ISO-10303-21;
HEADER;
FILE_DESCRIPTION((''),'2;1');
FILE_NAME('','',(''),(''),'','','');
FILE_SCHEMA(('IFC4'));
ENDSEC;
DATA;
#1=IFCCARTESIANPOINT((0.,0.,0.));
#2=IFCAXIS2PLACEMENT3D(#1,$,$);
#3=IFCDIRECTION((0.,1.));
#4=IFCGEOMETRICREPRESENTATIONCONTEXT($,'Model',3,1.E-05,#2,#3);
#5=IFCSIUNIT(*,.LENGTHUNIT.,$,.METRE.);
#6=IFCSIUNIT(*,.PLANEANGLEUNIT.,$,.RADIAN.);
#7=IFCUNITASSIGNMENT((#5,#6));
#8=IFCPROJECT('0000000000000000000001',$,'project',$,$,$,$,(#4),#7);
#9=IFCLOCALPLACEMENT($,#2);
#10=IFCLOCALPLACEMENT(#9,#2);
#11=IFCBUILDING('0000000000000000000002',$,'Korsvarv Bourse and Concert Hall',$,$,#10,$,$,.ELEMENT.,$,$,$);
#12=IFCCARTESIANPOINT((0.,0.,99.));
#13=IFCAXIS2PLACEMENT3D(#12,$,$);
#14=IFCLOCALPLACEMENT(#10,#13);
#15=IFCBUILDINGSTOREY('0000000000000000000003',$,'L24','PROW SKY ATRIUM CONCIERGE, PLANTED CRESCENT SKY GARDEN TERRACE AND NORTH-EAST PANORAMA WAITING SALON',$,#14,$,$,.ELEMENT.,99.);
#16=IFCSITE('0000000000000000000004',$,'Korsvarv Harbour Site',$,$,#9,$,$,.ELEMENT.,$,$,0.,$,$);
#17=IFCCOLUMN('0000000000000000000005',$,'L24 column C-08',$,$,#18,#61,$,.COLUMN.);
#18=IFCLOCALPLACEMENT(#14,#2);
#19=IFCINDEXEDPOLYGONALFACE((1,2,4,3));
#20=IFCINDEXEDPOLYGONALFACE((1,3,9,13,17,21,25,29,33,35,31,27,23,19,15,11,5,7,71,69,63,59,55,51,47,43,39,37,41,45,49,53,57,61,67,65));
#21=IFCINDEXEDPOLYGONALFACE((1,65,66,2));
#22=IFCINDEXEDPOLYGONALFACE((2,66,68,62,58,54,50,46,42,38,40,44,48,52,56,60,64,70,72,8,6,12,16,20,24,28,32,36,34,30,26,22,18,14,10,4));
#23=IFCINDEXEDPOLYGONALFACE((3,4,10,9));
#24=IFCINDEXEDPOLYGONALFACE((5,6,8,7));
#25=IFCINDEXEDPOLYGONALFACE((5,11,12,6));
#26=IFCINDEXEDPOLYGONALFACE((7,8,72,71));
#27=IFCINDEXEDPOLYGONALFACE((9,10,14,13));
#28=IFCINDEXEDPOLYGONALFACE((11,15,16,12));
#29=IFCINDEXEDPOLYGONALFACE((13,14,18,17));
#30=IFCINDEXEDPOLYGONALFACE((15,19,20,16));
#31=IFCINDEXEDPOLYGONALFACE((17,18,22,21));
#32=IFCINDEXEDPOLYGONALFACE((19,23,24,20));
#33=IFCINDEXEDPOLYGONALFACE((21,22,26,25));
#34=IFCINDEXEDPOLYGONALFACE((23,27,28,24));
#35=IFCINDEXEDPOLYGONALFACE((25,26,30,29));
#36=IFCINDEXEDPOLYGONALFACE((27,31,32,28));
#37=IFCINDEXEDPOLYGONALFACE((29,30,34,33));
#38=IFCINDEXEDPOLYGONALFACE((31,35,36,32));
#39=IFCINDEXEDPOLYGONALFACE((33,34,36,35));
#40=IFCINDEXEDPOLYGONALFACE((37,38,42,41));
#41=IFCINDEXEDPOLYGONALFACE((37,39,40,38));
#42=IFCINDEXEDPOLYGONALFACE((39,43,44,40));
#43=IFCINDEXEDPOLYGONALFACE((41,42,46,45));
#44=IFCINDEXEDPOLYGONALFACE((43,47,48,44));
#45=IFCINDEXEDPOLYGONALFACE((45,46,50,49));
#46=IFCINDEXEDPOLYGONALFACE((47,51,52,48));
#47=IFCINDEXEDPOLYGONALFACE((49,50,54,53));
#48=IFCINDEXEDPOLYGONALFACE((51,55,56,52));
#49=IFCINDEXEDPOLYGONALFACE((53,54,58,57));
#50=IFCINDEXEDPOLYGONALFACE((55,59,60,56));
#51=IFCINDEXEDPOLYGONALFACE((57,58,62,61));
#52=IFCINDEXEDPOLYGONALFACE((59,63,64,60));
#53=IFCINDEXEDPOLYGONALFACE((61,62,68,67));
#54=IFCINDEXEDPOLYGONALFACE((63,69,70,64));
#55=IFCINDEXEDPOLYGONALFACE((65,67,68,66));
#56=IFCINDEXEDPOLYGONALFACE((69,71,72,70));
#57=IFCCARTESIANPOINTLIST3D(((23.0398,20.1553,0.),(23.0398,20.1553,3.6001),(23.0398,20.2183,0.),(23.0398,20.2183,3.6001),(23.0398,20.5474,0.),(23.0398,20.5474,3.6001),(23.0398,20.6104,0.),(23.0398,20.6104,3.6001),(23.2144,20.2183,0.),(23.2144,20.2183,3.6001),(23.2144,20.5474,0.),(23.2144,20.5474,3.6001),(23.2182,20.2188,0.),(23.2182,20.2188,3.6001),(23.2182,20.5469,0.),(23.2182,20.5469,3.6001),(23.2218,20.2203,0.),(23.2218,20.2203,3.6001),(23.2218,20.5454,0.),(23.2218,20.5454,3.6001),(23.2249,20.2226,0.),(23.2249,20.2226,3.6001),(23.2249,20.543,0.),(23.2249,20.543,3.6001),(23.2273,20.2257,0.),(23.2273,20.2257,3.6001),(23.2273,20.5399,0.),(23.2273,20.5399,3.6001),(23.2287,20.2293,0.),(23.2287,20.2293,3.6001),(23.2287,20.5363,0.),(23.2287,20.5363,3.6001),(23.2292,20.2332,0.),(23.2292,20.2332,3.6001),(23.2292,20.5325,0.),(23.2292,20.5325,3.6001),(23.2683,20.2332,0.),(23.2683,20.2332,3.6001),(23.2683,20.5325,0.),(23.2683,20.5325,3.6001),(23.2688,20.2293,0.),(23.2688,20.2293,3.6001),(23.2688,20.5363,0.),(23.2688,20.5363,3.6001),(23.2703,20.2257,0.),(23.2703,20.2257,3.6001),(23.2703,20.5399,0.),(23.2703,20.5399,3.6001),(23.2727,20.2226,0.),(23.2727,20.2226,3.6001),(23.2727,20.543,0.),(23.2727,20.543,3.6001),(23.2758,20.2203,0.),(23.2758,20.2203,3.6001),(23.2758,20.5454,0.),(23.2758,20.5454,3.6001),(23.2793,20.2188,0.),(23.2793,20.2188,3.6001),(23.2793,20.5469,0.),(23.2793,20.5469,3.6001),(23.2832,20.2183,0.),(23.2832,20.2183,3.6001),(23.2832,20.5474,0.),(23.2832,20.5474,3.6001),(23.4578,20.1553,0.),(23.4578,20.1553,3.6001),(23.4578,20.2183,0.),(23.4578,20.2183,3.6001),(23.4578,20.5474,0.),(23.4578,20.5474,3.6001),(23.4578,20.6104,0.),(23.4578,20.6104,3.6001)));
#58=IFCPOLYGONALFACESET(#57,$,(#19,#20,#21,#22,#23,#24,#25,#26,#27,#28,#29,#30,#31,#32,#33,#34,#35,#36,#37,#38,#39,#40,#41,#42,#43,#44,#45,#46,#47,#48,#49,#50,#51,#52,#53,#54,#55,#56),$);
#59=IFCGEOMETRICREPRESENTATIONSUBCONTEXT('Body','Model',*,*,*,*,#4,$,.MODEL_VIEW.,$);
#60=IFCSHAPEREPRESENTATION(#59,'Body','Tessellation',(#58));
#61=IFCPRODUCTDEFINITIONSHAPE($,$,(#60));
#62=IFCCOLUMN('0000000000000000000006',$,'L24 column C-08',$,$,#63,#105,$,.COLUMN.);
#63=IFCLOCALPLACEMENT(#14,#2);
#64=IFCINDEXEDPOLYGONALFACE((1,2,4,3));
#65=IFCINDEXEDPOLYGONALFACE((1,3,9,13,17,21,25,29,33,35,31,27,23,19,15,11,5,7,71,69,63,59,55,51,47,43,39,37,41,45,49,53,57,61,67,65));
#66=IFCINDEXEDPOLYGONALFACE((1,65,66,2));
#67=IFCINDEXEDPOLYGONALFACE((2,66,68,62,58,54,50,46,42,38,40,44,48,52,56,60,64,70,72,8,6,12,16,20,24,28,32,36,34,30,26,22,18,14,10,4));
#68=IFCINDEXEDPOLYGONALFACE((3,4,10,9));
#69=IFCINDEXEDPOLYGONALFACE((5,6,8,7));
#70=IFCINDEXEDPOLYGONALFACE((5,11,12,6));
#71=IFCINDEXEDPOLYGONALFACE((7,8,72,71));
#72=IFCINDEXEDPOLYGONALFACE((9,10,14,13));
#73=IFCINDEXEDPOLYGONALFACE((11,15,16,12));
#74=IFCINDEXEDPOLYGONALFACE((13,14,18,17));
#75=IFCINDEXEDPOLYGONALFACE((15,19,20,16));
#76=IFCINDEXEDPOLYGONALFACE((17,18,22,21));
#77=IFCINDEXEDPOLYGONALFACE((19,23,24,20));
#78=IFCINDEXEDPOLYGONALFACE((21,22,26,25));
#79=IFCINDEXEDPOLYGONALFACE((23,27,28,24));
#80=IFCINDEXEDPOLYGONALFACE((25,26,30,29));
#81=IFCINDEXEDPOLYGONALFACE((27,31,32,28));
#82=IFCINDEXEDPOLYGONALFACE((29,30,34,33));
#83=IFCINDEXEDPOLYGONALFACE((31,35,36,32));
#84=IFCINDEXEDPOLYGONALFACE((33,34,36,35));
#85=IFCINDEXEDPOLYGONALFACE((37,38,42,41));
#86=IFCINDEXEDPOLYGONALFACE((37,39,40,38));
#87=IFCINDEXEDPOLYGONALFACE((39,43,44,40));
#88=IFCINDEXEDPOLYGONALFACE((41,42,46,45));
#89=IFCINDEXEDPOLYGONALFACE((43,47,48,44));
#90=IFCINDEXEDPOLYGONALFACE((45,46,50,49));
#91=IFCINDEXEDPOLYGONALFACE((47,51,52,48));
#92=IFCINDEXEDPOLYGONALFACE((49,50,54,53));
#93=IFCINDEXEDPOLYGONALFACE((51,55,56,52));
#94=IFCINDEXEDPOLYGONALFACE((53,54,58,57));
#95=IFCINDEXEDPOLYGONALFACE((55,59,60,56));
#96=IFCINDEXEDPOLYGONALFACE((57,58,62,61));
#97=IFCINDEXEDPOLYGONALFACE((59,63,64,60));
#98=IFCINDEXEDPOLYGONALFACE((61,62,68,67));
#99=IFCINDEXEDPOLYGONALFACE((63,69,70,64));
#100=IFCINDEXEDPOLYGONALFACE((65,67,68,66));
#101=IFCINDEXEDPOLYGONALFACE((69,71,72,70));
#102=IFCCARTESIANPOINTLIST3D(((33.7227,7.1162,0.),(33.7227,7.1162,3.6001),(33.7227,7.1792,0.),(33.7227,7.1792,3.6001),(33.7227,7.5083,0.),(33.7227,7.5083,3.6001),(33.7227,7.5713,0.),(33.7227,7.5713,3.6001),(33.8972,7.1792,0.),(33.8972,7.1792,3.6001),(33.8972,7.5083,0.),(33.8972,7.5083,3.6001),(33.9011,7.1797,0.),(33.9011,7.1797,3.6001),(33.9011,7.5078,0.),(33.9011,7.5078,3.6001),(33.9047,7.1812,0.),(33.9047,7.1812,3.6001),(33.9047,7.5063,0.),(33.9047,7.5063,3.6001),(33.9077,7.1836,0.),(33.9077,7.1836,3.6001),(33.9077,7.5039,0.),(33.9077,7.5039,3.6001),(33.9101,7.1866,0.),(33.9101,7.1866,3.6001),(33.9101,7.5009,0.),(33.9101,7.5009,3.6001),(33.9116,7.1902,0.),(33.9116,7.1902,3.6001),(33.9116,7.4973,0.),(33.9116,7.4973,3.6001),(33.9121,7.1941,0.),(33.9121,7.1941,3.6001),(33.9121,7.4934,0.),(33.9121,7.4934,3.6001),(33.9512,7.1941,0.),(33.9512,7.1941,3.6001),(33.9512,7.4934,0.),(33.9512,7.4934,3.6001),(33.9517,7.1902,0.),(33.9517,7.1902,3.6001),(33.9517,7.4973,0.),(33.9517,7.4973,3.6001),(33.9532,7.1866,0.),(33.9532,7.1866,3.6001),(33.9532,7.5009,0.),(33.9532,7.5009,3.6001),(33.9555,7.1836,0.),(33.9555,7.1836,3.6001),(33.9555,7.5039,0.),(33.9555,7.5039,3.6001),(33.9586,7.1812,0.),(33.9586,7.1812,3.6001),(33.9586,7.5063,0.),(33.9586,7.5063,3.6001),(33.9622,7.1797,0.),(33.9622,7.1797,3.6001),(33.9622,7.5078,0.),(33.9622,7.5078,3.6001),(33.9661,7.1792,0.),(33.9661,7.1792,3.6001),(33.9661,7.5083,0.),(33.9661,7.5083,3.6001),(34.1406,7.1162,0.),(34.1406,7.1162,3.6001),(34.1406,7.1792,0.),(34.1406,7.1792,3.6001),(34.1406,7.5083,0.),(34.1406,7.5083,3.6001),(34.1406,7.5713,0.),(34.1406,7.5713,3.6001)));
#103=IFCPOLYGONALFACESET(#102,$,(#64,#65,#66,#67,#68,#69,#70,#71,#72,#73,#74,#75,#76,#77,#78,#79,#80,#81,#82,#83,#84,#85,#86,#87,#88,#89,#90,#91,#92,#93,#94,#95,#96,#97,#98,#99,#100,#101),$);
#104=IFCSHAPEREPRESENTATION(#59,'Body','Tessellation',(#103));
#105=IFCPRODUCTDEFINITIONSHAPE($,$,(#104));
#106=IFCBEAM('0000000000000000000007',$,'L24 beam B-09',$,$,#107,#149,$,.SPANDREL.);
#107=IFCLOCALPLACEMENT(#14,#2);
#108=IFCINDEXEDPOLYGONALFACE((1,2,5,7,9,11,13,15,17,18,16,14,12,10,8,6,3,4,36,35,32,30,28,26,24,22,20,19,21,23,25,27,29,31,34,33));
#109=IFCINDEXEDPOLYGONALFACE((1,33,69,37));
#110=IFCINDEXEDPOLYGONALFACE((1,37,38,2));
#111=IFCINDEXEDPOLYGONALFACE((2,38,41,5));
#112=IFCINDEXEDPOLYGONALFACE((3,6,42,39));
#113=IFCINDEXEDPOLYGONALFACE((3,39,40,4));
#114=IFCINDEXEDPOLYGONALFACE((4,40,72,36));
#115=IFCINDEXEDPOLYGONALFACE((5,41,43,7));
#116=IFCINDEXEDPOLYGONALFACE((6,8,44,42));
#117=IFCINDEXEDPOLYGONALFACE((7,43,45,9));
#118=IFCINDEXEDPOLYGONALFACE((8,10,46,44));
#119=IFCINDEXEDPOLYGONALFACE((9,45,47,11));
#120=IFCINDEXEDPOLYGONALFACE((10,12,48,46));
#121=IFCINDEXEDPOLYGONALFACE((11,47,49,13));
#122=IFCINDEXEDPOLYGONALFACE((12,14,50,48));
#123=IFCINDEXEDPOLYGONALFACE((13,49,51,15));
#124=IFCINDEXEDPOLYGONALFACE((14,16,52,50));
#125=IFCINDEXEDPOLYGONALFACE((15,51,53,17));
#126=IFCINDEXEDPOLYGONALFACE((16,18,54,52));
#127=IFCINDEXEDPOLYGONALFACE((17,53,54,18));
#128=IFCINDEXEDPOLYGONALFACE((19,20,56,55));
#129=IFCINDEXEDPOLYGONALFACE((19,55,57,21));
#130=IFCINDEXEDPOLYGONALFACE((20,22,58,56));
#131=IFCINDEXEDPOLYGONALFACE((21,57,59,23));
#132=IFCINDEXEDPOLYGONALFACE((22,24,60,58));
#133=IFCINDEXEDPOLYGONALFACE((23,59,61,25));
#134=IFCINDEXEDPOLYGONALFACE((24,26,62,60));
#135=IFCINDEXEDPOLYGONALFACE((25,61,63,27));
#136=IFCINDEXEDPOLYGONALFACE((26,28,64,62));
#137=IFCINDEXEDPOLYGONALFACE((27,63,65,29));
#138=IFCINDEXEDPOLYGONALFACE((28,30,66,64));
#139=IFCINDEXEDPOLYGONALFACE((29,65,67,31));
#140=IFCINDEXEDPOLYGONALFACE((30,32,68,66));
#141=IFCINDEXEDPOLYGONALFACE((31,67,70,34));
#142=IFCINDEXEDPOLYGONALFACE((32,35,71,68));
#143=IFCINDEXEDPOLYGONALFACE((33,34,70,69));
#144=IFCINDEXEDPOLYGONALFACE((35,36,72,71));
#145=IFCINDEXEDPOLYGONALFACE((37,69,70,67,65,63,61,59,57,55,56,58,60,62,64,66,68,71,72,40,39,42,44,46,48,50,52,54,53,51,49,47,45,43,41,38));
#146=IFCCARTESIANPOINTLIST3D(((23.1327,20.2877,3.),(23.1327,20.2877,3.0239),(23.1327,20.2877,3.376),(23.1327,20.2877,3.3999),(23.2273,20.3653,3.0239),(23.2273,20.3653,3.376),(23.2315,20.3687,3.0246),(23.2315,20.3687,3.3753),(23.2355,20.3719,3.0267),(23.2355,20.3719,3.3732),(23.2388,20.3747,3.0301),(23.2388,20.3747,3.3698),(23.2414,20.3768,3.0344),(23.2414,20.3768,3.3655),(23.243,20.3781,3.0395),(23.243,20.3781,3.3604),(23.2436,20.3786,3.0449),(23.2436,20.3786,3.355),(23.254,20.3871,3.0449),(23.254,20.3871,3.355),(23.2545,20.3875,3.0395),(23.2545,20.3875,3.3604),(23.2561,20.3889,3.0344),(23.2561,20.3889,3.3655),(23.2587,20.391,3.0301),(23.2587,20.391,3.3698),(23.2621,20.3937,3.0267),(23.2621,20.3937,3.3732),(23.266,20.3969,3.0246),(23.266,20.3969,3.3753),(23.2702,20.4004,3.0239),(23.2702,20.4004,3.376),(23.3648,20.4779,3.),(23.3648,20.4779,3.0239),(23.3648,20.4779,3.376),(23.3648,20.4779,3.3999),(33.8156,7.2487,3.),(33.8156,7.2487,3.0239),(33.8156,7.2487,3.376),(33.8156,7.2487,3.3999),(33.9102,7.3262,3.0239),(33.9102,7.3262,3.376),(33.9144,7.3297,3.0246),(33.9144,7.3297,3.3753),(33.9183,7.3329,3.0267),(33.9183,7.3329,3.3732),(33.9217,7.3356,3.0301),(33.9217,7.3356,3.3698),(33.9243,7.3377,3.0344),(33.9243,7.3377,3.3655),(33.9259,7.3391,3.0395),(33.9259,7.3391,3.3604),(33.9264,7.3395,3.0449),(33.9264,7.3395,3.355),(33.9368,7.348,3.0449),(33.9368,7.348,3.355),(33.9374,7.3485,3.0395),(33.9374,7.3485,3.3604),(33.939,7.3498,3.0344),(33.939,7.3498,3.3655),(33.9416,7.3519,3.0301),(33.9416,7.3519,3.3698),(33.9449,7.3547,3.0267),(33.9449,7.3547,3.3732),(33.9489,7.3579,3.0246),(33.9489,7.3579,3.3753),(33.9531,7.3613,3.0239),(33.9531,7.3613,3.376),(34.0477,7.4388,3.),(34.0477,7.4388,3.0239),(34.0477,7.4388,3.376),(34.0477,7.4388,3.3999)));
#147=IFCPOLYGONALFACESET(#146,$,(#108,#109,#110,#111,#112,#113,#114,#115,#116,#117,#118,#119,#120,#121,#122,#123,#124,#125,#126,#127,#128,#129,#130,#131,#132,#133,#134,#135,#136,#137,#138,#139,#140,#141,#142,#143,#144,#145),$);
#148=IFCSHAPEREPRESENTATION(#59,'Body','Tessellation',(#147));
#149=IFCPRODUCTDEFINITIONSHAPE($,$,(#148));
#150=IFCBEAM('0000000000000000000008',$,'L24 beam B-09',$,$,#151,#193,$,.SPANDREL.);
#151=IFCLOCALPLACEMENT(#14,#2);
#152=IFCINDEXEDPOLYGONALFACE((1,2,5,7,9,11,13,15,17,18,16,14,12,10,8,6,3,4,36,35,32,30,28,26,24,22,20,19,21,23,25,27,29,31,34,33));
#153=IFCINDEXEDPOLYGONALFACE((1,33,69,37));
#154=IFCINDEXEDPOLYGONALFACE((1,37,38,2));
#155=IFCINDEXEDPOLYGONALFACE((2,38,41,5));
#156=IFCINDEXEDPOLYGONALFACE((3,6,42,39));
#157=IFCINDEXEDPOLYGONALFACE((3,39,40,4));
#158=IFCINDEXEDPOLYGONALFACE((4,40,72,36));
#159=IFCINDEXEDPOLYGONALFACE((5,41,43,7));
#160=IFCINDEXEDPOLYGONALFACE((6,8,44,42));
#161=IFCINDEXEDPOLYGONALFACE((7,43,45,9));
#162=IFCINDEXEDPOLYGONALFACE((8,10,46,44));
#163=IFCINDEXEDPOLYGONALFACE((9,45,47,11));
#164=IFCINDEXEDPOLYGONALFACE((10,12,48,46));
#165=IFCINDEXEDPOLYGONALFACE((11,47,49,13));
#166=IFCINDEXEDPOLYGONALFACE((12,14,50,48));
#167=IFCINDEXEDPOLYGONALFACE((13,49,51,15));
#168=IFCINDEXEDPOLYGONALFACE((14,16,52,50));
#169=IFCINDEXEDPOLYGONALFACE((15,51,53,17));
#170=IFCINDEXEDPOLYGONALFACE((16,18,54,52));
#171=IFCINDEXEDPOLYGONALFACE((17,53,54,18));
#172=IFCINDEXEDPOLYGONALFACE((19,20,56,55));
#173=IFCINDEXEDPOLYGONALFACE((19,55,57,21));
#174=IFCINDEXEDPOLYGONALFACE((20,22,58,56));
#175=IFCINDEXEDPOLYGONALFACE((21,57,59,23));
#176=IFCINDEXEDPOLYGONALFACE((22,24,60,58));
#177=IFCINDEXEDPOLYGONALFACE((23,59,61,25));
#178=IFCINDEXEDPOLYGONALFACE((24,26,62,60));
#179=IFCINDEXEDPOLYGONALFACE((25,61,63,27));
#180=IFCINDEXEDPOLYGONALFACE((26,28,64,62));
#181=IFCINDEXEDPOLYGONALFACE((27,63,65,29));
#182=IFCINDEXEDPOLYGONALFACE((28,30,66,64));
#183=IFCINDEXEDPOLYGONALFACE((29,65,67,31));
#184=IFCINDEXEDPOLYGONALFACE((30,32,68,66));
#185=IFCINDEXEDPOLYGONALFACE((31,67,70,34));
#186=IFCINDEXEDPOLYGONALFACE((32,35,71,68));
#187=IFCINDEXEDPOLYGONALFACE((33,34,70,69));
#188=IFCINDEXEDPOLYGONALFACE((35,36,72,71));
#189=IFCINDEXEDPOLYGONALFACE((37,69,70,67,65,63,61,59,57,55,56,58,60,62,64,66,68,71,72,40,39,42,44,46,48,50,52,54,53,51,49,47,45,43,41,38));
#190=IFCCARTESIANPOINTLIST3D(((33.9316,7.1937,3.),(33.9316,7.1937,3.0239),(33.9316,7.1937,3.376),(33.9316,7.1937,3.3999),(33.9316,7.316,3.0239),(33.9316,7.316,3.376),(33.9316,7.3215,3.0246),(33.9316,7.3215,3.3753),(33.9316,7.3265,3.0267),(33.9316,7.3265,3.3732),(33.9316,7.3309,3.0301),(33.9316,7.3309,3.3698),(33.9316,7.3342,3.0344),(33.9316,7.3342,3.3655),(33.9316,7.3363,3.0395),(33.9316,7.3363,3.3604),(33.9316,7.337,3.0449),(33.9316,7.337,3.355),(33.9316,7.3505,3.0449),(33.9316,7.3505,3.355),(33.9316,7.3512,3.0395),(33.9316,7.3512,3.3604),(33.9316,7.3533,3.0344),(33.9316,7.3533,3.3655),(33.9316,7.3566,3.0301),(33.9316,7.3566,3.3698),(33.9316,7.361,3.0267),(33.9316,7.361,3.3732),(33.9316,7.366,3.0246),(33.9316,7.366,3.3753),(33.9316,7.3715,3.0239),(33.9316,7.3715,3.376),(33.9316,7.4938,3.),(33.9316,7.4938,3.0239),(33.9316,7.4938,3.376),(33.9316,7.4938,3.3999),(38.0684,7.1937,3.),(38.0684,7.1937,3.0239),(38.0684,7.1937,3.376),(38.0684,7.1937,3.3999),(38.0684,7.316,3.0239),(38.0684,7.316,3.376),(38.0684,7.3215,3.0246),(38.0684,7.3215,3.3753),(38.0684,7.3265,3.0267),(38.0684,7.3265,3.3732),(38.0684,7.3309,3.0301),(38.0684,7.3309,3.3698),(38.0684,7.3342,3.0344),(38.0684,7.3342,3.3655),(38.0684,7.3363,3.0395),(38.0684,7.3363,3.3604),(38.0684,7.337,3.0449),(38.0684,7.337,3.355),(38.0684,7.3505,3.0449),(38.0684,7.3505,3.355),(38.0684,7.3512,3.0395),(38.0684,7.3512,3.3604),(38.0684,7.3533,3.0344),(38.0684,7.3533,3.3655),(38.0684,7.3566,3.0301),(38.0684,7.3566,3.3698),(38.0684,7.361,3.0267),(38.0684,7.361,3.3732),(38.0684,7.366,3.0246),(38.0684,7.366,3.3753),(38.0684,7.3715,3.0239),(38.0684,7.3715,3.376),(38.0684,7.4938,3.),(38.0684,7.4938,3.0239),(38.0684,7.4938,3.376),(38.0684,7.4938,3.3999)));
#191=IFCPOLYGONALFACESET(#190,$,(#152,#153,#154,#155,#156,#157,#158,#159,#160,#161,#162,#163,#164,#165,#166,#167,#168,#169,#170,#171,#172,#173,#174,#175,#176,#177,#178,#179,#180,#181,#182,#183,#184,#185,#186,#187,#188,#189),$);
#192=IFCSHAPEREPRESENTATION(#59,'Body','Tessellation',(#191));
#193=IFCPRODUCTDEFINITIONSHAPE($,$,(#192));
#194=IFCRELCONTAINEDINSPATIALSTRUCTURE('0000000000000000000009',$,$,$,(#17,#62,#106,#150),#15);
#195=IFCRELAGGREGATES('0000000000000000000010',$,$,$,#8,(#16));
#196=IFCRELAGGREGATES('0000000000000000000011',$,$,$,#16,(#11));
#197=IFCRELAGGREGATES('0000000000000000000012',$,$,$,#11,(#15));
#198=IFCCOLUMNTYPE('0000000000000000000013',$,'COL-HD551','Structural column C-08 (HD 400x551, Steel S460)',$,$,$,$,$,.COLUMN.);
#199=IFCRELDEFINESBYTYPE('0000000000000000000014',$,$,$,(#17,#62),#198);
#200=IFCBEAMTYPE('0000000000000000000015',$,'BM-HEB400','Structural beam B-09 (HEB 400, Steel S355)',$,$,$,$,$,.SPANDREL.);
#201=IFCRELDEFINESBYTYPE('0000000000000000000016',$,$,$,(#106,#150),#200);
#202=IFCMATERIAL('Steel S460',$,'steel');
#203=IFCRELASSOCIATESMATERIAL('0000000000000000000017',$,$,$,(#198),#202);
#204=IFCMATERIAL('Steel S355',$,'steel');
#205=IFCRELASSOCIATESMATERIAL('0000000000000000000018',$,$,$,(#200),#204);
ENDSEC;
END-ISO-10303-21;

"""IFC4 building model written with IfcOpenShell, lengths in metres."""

from ifc_helpers import new_model, si_unit, direction, frame, origin, origin_2d, place, context, subcontext, project, spatial, i_section, extrude, source, transform, mapped, material, material_profile, profile_set, type_object, element, save


model = new_model("IFC4")

# Units and contexts
model_context = context("Model", 3, precision=1e-05, world=origin(), true_north=direction((0.0, 1.0)))
body_context = subcontext(model_context, "Body", "Model", "MODEL_VIEW")
ifc_project = project(units=[si_unit("LENGTHUNIT", "METRE"), si_unit("PLANEANGLEUNIT", "RADIAN")], contexts=[model_context])

# Site, building, storey
site_placement = place(None, origin())
site = spatial("IfcSite", under=ifc_project, at=site_placement, Name="Korsvarv Harbour Site", CompositionType="ELEMENT", RefElevation=0.0)
building_placement = place(site_placement, origin())
building = spatial("IfcBuilding", under=site, at=building_placement, Name="Korsvarv Bourse and Concert Hall", CompositionType="ELEMENT")
storey_placement = place(building_placement, frame((0.0, 0.0, 99.0)))
storey = spatial("IfcBuildingStorey", under=building, at=storey_placement, Name="L24", Description="PROW SKY ATRIUM CONCIERGE, PLANTED CRESCENT SKY GARDEN TERRACE AND NORTH-EAST PANORAMA WAITING SALON", CompositionType="ELEMENT", Elevation=99.0)

# Columns
ifc_material_1 = material(Name="Steel S460", Category="steel")
ifc_material_profile_1 = material_profile(ifc_material_1, i_section(OverallWidth=0.418, OverallDepth=0.4551, WebThickness=0.0391, FlangeThickness=0.063, FilletRadius=0.0149, at=origin_2d()), Name="HD 400x551")
ifc_profile_set_1 = profile_set([ifc_material_profile_1], Name="Steel S460")
column_type = type_object("IfcColumnType", Name="COL-HD551", Description="Structural column C-08 (HD 400x551, Steel S460)", PredefinedType="COLUMN", material=ifc_profile_set_1)
shared_shape_1 = source(origin(), body_context, "Body", "SweptSolid", [
    extrude(i_section(OverallWidth=0.418, OverallDepth=0.4551, WebThickness=0.0391, FlangeThickness=0.063, FilletRadius=0.0149, at=origin_2d()), origin(), (0.0, 0.0, 1.0), 3.6001),
])
for number, where, z_axis, x_axis, name in (
    (1, (23.2488, 20.3828, 0.0), (0.0, 0.0, 1.0), (1.0, 0.0, 0.0), "L24 column C-08"),
    (2, (33.9316, 7.3438, 0.0), (0.0, 0.0, 1.0), (1.0, 0.0, 0.0), "L24 column C-08"),
):
    element("IfcColumn", number, at=place(storey_placement, frame(where, z_axis=z_axis, x_axis=x_axis)), inside=storey, type_object=column_type, Name=name, PredefinedType="COLUMN", context=body_context, shape_type="MappedRepresentation", body=[
        mapped(shared_shape_1, transform((0.0, 0.0, 0.0), scale=1.0)),
    ])

# Beams
ifc_material_2 = material(Name="Steel S355", Category="steel")
ifc_material_profile_2 = material_profile(ifc_material_2, i_section(OverallWidth=0.3, OverallDepth=0.3999, WebThickness=0.0134, FlangeThickness=0.0239, FilletRadius=0.021, at=origin_2d()), Name="HEB 400")
ifc_profile_set_2 = profile_set([ifc_material_profile_2], Name="Steel S355")
beam_type_1 = type_object("IfcBeamType", Name="BM-HEB400", Description="Structural beam B-09 (HEB 400, Steel S355)", PredefinedType="SPANDREL", material=ifc_profile_set_2)
shared_shape_2 = source(origin(), body_context, "Body", "SweptSolid", [
    extrude(i_section(OverallWidth=0.3, OverallDepth=0.3999, WebThickness=0.0134, FlangeThickness=0.0239, FilletRadius=0.021, at=origin_2d()), origin(), (0.0, 0.0, 1.0), 16.8564),
])
beam_1_placement = place(storey_placement, frame((23.2488, 20.3828, 3.2), z_axis=(0.633754, -0.773534, 0.0), x_axis=(0.773534, 0.633754, 0.0)))
element("IfcBeam", 3, at=beam_1_placement, inside=storey, type_object=beam_type_1, Name="L24 beam B-09", PredefinedType="SPANDREL", context=body_context, shape_type="MappedRepresentation", body=[
    mapped(shared_shape_2, transform((0.0, 0.0, 0.0), scale=1.0)),
])
shared_shape_3 = source(origin(), body_context, "Body", "SweptSolid", [
    extrude(i_section(OverallWidth=0.3, OverallDepth=0.3999, WebThickness=0.0134, FlangeThickness=0.0239, FilletRadius=0.021, at=origin_2d()), origin(), (0.0, 0.0, 1.0), 4.1367),
])
beam_2_placement = place(storey_placement, frame((33.9316, 7.3438, 3.2), z_axis=(1.0, 0.0, 0.0), x_axis=(0.0, 1.0, 0.0)))
element("IfcBeam", 4, at=beam_2_placement, inside=storey, type_object=beam_type_1, Name="L24 beam B-09", PredefinedType="SPANDREL", context=body_context, shape_type="MappedRepresentation", body=[
    mapped(shared_shape_3, transform((0.0, 0.0, 0.0), scale=1.0)),
])

save(model, "model.ifc")
